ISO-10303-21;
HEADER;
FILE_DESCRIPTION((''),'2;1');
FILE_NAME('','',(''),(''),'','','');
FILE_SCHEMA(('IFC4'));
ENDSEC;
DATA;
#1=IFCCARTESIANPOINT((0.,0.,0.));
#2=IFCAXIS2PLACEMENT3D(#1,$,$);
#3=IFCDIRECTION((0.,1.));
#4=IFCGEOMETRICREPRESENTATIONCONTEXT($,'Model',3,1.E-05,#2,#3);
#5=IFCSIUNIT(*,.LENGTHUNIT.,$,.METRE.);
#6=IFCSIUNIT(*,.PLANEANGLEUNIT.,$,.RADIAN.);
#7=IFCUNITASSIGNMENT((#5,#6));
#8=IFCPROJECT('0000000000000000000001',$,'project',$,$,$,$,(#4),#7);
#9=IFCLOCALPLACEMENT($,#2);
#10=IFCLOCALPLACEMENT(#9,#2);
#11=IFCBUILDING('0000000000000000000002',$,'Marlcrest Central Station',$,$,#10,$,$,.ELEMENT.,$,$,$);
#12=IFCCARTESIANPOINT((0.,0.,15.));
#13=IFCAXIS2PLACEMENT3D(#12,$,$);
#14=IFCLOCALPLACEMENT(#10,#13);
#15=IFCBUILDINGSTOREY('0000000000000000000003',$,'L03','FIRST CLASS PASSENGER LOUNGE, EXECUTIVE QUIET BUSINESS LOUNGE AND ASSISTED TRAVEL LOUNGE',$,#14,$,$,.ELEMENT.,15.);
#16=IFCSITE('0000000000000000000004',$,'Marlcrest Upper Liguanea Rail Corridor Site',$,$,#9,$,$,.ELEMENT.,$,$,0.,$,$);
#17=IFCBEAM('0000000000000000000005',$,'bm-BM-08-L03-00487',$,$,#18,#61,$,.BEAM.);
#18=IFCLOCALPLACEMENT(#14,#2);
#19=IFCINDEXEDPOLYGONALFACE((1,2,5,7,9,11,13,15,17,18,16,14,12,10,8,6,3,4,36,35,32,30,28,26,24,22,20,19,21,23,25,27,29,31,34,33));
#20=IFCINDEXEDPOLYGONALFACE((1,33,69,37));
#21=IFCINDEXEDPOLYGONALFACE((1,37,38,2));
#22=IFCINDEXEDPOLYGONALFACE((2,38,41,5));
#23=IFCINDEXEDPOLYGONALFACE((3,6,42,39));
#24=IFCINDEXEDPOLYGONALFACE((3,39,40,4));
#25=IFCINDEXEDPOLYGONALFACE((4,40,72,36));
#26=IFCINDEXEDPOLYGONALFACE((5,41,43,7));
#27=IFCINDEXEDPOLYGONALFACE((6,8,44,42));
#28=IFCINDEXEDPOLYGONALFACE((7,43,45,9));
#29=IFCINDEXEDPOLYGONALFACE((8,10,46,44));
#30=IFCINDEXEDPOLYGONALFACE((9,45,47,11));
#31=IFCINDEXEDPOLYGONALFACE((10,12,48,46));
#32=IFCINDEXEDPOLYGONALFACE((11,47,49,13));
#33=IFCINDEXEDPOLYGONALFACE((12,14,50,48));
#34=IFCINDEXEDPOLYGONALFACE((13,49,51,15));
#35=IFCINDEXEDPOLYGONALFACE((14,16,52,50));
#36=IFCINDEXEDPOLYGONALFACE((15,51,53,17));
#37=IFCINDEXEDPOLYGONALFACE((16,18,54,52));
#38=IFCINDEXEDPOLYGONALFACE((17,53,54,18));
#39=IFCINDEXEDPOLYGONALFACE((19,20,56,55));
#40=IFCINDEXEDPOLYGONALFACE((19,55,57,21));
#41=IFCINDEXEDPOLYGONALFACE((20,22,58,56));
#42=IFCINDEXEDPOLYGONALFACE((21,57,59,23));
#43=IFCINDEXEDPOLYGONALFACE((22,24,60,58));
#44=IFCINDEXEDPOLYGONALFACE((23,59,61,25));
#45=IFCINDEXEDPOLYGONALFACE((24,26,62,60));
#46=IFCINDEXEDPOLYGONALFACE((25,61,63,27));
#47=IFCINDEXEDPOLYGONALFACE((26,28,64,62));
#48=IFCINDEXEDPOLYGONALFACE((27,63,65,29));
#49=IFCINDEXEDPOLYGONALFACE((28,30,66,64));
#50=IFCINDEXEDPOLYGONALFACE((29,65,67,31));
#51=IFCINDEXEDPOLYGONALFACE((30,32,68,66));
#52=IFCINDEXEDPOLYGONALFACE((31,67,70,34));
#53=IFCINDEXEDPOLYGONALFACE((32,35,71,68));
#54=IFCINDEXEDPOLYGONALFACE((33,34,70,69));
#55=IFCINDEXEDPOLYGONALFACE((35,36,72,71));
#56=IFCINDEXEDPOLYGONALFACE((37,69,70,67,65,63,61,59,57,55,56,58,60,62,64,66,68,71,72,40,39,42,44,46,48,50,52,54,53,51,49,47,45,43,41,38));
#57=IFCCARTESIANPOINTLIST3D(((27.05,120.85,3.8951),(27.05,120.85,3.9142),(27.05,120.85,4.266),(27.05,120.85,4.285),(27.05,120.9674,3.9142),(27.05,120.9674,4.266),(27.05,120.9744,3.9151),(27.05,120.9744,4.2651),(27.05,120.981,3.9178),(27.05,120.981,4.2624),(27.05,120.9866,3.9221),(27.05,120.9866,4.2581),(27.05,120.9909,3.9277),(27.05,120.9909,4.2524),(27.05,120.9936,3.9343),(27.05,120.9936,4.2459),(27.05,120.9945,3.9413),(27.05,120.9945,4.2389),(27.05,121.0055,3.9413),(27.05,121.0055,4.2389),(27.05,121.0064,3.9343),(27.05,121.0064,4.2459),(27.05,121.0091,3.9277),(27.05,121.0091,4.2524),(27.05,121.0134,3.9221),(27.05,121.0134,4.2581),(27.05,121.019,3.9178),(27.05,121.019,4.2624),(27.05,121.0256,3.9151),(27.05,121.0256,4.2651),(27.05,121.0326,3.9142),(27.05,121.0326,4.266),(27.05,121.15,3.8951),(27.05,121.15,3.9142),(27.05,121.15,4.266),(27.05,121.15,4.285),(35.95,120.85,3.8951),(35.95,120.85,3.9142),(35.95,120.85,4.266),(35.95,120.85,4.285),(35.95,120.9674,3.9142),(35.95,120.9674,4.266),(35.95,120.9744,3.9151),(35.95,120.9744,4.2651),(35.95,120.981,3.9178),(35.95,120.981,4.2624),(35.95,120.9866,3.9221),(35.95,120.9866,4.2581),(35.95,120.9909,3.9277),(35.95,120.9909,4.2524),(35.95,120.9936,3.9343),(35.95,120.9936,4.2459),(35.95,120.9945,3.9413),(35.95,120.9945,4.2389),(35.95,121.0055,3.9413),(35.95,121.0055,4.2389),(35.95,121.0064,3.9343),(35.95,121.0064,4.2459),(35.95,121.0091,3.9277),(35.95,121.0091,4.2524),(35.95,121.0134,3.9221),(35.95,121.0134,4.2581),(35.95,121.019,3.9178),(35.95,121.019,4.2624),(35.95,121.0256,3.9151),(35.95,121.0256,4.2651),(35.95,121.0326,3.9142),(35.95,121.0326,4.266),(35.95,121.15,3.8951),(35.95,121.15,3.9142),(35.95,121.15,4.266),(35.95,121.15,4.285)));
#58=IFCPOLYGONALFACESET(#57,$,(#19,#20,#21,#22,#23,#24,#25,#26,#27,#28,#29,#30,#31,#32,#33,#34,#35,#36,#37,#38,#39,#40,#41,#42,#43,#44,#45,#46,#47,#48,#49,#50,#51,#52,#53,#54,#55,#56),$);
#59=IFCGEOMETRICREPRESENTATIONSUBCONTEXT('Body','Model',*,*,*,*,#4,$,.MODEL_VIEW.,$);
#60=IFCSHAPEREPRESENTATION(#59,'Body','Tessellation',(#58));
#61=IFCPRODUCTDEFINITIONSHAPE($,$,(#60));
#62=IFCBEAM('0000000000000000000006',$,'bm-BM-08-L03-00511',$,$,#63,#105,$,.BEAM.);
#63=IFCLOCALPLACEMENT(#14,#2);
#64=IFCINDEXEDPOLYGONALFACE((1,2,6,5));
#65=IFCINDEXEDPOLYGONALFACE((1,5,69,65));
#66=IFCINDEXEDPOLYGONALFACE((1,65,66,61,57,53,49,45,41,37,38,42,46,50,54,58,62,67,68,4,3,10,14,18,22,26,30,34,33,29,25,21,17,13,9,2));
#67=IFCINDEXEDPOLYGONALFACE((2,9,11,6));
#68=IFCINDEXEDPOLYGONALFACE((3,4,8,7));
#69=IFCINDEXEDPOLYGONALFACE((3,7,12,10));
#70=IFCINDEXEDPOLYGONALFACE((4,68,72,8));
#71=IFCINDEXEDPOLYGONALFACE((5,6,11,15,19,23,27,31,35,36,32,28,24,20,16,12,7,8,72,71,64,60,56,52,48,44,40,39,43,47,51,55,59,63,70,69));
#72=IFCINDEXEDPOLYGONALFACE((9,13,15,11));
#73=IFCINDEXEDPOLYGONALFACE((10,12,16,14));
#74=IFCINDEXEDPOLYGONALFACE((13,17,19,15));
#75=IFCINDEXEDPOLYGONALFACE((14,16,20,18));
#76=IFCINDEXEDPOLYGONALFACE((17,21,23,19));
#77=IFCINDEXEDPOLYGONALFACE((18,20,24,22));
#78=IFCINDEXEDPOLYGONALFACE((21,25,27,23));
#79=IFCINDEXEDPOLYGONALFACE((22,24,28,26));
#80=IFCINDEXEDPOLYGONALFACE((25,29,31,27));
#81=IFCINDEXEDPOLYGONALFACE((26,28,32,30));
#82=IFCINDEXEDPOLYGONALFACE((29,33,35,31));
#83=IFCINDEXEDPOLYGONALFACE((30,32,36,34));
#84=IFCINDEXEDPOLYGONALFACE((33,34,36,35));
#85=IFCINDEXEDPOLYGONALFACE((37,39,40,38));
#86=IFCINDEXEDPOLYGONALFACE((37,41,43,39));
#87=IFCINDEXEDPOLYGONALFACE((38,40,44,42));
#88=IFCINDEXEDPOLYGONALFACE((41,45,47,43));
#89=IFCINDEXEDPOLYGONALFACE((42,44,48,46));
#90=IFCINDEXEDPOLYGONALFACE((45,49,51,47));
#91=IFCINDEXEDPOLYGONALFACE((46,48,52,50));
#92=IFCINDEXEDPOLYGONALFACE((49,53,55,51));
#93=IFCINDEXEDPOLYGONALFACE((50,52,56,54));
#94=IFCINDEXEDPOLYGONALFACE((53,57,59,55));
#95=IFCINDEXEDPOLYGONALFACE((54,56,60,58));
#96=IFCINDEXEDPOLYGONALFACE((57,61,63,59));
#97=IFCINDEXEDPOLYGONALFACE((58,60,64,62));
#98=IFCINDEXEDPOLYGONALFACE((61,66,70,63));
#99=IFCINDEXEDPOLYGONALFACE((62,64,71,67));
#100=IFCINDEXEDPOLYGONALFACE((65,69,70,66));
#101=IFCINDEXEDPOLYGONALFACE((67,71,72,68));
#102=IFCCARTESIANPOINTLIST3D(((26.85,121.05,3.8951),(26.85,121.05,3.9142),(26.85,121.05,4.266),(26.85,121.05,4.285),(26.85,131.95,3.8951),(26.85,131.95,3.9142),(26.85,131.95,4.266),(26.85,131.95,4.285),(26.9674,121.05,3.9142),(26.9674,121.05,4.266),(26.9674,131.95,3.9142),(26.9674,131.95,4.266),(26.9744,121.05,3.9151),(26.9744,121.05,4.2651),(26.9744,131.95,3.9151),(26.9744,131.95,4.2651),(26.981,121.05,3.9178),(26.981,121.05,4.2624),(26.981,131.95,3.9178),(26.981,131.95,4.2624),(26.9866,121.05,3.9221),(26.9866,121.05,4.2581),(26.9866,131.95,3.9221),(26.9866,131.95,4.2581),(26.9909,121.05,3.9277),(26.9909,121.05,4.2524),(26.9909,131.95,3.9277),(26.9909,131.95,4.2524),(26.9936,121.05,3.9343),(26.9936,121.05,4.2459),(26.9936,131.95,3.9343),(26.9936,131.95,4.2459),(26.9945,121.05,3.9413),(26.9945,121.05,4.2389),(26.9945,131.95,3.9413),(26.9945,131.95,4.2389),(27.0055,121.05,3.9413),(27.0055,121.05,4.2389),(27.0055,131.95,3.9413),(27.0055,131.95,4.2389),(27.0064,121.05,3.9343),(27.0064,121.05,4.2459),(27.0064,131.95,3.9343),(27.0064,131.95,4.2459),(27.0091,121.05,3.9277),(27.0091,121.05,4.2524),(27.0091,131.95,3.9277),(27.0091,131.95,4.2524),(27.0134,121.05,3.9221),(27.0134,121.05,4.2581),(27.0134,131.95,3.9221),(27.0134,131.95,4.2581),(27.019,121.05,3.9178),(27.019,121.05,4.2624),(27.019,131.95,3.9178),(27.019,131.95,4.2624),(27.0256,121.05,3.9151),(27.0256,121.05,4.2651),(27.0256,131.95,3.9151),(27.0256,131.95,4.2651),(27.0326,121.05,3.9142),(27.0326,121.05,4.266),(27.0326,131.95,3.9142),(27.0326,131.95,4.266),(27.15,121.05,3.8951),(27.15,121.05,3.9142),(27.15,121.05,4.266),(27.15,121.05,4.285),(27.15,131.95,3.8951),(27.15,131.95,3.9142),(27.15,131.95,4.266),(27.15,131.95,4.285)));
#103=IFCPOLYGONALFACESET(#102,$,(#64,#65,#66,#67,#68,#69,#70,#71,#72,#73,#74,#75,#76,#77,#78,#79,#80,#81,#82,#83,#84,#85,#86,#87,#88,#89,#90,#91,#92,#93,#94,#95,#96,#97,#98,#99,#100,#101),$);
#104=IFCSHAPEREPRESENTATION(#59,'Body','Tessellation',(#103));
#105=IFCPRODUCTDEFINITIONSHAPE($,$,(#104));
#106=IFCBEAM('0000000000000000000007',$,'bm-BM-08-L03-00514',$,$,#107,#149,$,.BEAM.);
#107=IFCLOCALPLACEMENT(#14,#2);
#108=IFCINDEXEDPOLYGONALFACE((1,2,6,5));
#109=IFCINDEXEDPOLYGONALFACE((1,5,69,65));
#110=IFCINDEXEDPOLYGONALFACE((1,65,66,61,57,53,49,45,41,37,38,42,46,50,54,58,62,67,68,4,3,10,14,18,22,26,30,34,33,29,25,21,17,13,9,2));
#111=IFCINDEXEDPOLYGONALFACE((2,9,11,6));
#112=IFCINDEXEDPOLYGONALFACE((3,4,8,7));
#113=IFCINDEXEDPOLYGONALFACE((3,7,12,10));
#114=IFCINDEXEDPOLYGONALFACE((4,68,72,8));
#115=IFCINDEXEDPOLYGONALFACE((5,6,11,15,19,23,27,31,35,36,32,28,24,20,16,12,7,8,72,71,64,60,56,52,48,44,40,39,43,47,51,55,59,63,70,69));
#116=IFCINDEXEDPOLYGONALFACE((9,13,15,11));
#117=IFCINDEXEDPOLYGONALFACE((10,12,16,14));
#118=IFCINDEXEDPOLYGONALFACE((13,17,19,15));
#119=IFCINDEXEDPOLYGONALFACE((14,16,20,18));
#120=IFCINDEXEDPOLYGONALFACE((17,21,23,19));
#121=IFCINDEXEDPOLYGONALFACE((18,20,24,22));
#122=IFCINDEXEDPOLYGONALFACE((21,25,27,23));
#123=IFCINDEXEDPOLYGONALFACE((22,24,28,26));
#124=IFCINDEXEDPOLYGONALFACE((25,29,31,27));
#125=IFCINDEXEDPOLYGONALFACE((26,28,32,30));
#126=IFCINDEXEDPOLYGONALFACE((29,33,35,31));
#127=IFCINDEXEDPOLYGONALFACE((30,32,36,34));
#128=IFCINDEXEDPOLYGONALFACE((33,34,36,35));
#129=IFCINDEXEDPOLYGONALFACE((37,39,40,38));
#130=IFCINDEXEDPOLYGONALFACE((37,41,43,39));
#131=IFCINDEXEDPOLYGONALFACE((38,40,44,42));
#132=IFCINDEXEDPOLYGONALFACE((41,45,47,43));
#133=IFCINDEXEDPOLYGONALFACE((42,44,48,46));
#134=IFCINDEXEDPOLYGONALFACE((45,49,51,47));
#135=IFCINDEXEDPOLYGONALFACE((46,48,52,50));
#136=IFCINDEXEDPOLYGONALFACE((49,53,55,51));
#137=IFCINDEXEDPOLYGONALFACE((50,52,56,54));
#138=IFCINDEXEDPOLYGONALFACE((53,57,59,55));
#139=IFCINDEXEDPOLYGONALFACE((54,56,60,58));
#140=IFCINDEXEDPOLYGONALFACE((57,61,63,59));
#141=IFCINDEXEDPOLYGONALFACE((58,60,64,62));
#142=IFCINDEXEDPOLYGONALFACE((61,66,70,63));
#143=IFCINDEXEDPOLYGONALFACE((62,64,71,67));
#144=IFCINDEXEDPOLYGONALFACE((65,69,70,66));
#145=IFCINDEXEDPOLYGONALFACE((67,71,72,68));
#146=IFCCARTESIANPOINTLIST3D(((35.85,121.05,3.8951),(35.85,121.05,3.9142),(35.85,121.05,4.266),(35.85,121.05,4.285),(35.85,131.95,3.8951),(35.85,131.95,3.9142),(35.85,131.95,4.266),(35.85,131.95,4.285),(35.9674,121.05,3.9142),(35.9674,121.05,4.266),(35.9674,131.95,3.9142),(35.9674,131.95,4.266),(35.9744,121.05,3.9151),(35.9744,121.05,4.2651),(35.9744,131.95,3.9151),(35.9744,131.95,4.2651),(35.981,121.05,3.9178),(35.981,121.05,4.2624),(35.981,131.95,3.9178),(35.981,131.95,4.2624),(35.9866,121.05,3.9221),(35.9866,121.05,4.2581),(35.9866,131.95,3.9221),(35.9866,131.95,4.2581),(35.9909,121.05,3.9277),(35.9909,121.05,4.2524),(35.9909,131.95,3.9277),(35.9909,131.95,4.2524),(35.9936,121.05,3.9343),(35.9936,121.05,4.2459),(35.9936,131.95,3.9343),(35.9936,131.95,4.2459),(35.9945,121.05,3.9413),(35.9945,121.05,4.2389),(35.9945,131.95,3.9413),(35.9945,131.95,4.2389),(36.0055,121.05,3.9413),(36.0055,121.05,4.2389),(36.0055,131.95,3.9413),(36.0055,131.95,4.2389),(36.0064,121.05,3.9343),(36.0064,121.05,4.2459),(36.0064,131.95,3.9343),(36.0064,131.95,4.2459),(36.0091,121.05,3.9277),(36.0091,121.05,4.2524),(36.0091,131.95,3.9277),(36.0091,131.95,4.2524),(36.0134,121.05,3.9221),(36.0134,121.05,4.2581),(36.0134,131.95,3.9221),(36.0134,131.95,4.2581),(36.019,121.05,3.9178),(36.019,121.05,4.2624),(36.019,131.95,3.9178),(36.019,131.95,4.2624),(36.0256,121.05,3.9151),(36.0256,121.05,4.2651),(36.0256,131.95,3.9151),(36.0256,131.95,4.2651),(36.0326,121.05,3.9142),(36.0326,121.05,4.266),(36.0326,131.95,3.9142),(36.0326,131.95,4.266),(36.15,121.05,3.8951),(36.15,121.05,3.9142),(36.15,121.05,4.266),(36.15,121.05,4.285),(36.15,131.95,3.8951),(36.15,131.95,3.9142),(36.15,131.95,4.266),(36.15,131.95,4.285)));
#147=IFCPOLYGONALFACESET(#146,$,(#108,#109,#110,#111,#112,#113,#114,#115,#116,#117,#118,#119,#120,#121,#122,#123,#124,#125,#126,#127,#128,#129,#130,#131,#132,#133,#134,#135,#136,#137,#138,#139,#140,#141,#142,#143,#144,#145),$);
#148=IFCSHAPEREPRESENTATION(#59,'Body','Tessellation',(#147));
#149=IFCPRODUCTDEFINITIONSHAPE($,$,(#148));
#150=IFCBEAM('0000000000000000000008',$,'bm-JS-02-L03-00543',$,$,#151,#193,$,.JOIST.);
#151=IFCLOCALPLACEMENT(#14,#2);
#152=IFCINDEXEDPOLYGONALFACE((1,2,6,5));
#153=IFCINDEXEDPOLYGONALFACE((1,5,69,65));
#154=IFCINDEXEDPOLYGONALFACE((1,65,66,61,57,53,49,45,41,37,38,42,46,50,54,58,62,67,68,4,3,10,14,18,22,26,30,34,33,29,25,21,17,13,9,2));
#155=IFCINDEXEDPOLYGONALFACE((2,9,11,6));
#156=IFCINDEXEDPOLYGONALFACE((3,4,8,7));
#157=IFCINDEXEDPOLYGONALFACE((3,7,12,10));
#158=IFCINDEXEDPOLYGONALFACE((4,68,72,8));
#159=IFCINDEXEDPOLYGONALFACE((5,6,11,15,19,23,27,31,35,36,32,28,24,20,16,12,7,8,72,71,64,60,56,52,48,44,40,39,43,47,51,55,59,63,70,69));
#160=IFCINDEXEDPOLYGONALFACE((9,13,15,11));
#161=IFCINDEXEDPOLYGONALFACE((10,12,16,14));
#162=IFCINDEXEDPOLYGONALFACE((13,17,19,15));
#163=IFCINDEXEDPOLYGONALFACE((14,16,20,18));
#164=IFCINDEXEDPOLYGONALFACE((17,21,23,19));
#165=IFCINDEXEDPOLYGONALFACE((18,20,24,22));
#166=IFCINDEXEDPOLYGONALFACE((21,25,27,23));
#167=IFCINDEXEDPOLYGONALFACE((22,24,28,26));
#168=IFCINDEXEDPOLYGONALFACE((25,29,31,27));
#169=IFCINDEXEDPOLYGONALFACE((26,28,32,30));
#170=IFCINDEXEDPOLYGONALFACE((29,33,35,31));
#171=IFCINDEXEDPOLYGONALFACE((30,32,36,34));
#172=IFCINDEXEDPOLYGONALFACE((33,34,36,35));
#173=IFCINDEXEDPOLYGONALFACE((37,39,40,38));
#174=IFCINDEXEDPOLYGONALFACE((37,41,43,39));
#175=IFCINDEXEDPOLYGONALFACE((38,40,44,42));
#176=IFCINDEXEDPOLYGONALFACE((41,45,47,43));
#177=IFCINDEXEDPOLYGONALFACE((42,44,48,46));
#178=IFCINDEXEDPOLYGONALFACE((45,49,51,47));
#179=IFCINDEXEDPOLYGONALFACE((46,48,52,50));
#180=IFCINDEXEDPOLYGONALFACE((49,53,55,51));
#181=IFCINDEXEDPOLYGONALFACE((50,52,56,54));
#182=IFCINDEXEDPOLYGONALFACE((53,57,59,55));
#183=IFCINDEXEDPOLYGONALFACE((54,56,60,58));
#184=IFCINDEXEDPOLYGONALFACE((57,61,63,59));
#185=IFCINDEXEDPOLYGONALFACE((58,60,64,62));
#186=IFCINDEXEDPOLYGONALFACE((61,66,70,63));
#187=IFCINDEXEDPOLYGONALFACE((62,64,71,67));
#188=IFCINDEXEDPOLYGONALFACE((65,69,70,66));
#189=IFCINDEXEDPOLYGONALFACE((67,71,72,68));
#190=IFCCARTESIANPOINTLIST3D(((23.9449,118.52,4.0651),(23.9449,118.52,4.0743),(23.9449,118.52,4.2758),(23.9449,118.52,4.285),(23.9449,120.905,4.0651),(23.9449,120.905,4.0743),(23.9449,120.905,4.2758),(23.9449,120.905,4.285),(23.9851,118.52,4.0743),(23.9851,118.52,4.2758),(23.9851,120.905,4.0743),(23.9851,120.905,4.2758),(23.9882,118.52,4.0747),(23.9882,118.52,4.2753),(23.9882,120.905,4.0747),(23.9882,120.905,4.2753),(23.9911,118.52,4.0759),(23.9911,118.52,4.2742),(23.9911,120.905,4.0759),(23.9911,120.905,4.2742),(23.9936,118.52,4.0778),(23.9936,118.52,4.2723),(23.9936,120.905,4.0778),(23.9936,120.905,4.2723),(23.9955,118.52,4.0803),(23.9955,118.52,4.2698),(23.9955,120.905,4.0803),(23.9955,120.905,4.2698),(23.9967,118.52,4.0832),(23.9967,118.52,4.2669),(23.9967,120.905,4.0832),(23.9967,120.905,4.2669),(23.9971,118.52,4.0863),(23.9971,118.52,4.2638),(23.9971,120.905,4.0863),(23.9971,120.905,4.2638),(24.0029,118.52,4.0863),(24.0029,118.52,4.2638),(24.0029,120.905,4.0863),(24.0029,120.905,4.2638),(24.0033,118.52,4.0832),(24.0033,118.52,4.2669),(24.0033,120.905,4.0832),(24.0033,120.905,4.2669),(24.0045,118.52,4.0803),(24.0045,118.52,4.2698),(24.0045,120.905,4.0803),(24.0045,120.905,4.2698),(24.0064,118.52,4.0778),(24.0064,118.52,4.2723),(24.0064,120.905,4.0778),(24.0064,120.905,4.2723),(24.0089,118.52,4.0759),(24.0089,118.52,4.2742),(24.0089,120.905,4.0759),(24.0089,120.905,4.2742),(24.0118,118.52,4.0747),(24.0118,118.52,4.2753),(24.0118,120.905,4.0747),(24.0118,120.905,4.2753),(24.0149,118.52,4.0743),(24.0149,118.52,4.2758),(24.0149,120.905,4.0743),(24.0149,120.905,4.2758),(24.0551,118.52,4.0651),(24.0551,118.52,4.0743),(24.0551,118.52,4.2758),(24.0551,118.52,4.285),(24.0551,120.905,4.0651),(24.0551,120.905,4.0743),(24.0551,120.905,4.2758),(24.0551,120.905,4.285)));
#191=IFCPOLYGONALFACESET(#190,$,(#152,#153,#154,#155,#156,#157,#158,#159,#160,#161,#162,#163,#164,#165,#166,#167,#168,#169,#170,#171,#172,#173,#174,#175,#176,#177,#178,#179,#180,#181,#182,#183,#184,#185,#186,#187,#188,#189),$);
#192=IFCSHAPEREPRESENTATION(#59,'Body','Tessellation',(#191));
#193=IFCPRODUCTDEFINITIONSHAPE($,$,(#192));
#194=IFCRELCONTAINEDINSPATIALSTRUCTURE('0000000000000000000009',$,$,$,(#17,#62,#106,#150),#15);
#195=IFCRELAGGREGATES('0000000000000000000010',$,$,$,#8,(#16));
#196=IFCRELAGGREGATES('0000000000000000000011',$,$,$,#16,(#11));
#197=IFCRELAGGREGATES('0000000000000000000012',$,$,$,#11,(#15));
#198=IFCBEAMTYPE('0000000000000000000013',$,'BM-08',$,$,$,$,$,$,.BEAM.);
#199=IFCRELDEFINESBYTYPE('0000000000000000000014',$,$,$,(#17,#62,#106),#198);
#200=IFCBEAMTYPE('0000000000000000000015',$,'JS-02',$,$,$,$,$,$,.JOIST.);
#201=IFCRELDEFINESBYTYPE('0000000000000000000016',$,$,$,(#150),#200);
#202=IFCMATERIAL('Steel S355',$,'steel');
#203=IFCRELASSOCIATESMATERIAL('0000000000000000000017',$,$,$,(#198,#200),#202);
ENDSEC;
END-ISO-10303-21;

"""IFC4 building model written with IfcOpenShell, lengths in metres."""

from ifc_helpers import new_model, si_unit, direction, frame, origin, origin_2d, place, context, subcontext, project, spatial, i_section, extrude, material, material_profile, profile_set, type_object, element, save


model = new_model("IFC4")

# Units and contexts
model_context = context("Model", 3, precision=1e-05, world=origin(), true_north=direction((0.0, 1.0)))
body_context = subcontext(model_context, "Body", "Model", "MODEL_VIEW")
ifc_project = project(units=[si_unit("LENGTHUNIT", "METRE"), si_unit("PLANEANGLEUNIT", "RADIAN")], contexts=[model_context])

# Site, building, storey
site_placement = place(None, origin())
site = spatial("IfcSite", under=ifc_project, at=site_placement, Name="Marlcrest Upper Liguanea Rail Corridor Site", CompositionType="ELEMENT", RefElevation=0.0)
building_placement = place(site_placement, origin())
building = spatial("IfcBuilding", under=site, at=building_placement, Name="Marlcrest Central Station", CompositionType="ELEMENT")
storey_placement = place(building_placement, frame((0.0, 0.0, 15.0)))
storey = spatial("IfcBuildingStorey", under=building, at=storey_placement, Name="L03", Description="FIRST CLASS PASSENGER LOUNGE, EXECUTIVE QUIET BUSINESS LOUNGE AND ASSISTED TRAVEL LOUNGE", CompositionType="ELEMENT", Elevation=15.0)

# Shared definitions
ifc_material_1 = material(Name="Steel S355", Category="steel")

# Beams
ifc_material_profile_1 = material_profile(ifc_material_1, i_section(OverallWidth=0.3, OverallDepth=0.3899, WebThickness=0.011, FlangeThickness=0.019, FilletRadius=0.0271, at=origin_2d()), Name="HEA 400")
ifc_profile_set_1 = profile_set([ifc_material_profile_1], Name="Steel S355")
beam_type_1 = type_object("IfcBeamType", Name="BM-08", PredefinedType="BEAM", material=ifc_profile_set_1)
beam_1_placement = place(storey_placement, frame((27.05, 121.0, 4.0901), z_axis=(1.0, 0.0, 0.0), x_axis=(0.0, 1.0, 0.0)))
element("IfcBeam", 1, at=beam_1_placement, inside=storey, type_object=beam_type_1, Name="bm-BM-08-L03-00487", PredefinedType="BEAM", context=body_context, shape_type="SweptSolid", body=[
    extrude(i_section(OverallWidth=0.3, OverallDepth=0.3899, WebThickness=0.011, FlangeThickness=0.019, FilletRadius=0.0271, at=origin_2d()), origin(), (0.0, 0.0, 1.0), 8.8999),
])
for number, where, z_axis, x_axis, name in (
    (2, (27.0, 121.05, 4.0901), (0.0, 1.0, 0.0), (-1.0, 0.0, 0.0), "bm-BM-08-L03-00511"),
    (3, (36.0, 121.05, 4.0901), (0.0, 1.0, 0.0), (-1.0, 0.0, 0.0), "bm-BM-08-L03-00514"),
):
    element("IfcBeam", number, at=place(storey_placement, frame(where, z_axis=z_axis, x_axis=x_axis)), inside=storey, type_object=beam_type_1, Name=name, PredefinedType="BEAM", context=body_context, shape_type="SweptSolid", body=[
        extrude(i_section(OverallWidth=0.3, OverallDepth=0.3899, WebThickness=0.011, FlangeThickness=0.019, FilletRadius=0.0271, at=origin_2d()), origin(), (0.0, 0.0, 1.0), 10.8999),
    ])
ifc_material_profile_2 = material_profile(ifc_material_1, i_section(OverallWidth=0.1101, OverallDepth=0.22, WebThickness=0.0059, FlangeThickness=0.0093, FilletRadius=0.012, at=origin_2d()), Name="IPE 220")
ifc_profile_set_2 = profile_set([ifc_material_profile_2], Name="Steel S355")
beam_type_2 = type_object("IfcBeamType", Name="JS-02", PredefinedType="JOIST", material=ifc_profile_set_2)
beam_2_placement = place(storey_placement, frame((24.0, 118.52, 4.175), z_axis=(0.0, 1.0, 0.0), x_axis=(-1.0, 0.0, 0.0)))
element("IfcBeam", 4, at=beam_2_placement, inside=storey, type_object=beam_type_2, Name="bm-JS-02-L03-00543", PredefinedType="JOIST", context=body_context, shape_type="SweptSolid", body=[
    extrude(i_section(OverallWidth=0.1101, OverallDepth=0.22, WebThickness=0.0059, FlangeThickness=0.0093, FilletRadius=0.012, at=origin_2d()), origin(), (0.0, 0.0, 1.0), 2.385),
])

save(model, "model.ifc")
